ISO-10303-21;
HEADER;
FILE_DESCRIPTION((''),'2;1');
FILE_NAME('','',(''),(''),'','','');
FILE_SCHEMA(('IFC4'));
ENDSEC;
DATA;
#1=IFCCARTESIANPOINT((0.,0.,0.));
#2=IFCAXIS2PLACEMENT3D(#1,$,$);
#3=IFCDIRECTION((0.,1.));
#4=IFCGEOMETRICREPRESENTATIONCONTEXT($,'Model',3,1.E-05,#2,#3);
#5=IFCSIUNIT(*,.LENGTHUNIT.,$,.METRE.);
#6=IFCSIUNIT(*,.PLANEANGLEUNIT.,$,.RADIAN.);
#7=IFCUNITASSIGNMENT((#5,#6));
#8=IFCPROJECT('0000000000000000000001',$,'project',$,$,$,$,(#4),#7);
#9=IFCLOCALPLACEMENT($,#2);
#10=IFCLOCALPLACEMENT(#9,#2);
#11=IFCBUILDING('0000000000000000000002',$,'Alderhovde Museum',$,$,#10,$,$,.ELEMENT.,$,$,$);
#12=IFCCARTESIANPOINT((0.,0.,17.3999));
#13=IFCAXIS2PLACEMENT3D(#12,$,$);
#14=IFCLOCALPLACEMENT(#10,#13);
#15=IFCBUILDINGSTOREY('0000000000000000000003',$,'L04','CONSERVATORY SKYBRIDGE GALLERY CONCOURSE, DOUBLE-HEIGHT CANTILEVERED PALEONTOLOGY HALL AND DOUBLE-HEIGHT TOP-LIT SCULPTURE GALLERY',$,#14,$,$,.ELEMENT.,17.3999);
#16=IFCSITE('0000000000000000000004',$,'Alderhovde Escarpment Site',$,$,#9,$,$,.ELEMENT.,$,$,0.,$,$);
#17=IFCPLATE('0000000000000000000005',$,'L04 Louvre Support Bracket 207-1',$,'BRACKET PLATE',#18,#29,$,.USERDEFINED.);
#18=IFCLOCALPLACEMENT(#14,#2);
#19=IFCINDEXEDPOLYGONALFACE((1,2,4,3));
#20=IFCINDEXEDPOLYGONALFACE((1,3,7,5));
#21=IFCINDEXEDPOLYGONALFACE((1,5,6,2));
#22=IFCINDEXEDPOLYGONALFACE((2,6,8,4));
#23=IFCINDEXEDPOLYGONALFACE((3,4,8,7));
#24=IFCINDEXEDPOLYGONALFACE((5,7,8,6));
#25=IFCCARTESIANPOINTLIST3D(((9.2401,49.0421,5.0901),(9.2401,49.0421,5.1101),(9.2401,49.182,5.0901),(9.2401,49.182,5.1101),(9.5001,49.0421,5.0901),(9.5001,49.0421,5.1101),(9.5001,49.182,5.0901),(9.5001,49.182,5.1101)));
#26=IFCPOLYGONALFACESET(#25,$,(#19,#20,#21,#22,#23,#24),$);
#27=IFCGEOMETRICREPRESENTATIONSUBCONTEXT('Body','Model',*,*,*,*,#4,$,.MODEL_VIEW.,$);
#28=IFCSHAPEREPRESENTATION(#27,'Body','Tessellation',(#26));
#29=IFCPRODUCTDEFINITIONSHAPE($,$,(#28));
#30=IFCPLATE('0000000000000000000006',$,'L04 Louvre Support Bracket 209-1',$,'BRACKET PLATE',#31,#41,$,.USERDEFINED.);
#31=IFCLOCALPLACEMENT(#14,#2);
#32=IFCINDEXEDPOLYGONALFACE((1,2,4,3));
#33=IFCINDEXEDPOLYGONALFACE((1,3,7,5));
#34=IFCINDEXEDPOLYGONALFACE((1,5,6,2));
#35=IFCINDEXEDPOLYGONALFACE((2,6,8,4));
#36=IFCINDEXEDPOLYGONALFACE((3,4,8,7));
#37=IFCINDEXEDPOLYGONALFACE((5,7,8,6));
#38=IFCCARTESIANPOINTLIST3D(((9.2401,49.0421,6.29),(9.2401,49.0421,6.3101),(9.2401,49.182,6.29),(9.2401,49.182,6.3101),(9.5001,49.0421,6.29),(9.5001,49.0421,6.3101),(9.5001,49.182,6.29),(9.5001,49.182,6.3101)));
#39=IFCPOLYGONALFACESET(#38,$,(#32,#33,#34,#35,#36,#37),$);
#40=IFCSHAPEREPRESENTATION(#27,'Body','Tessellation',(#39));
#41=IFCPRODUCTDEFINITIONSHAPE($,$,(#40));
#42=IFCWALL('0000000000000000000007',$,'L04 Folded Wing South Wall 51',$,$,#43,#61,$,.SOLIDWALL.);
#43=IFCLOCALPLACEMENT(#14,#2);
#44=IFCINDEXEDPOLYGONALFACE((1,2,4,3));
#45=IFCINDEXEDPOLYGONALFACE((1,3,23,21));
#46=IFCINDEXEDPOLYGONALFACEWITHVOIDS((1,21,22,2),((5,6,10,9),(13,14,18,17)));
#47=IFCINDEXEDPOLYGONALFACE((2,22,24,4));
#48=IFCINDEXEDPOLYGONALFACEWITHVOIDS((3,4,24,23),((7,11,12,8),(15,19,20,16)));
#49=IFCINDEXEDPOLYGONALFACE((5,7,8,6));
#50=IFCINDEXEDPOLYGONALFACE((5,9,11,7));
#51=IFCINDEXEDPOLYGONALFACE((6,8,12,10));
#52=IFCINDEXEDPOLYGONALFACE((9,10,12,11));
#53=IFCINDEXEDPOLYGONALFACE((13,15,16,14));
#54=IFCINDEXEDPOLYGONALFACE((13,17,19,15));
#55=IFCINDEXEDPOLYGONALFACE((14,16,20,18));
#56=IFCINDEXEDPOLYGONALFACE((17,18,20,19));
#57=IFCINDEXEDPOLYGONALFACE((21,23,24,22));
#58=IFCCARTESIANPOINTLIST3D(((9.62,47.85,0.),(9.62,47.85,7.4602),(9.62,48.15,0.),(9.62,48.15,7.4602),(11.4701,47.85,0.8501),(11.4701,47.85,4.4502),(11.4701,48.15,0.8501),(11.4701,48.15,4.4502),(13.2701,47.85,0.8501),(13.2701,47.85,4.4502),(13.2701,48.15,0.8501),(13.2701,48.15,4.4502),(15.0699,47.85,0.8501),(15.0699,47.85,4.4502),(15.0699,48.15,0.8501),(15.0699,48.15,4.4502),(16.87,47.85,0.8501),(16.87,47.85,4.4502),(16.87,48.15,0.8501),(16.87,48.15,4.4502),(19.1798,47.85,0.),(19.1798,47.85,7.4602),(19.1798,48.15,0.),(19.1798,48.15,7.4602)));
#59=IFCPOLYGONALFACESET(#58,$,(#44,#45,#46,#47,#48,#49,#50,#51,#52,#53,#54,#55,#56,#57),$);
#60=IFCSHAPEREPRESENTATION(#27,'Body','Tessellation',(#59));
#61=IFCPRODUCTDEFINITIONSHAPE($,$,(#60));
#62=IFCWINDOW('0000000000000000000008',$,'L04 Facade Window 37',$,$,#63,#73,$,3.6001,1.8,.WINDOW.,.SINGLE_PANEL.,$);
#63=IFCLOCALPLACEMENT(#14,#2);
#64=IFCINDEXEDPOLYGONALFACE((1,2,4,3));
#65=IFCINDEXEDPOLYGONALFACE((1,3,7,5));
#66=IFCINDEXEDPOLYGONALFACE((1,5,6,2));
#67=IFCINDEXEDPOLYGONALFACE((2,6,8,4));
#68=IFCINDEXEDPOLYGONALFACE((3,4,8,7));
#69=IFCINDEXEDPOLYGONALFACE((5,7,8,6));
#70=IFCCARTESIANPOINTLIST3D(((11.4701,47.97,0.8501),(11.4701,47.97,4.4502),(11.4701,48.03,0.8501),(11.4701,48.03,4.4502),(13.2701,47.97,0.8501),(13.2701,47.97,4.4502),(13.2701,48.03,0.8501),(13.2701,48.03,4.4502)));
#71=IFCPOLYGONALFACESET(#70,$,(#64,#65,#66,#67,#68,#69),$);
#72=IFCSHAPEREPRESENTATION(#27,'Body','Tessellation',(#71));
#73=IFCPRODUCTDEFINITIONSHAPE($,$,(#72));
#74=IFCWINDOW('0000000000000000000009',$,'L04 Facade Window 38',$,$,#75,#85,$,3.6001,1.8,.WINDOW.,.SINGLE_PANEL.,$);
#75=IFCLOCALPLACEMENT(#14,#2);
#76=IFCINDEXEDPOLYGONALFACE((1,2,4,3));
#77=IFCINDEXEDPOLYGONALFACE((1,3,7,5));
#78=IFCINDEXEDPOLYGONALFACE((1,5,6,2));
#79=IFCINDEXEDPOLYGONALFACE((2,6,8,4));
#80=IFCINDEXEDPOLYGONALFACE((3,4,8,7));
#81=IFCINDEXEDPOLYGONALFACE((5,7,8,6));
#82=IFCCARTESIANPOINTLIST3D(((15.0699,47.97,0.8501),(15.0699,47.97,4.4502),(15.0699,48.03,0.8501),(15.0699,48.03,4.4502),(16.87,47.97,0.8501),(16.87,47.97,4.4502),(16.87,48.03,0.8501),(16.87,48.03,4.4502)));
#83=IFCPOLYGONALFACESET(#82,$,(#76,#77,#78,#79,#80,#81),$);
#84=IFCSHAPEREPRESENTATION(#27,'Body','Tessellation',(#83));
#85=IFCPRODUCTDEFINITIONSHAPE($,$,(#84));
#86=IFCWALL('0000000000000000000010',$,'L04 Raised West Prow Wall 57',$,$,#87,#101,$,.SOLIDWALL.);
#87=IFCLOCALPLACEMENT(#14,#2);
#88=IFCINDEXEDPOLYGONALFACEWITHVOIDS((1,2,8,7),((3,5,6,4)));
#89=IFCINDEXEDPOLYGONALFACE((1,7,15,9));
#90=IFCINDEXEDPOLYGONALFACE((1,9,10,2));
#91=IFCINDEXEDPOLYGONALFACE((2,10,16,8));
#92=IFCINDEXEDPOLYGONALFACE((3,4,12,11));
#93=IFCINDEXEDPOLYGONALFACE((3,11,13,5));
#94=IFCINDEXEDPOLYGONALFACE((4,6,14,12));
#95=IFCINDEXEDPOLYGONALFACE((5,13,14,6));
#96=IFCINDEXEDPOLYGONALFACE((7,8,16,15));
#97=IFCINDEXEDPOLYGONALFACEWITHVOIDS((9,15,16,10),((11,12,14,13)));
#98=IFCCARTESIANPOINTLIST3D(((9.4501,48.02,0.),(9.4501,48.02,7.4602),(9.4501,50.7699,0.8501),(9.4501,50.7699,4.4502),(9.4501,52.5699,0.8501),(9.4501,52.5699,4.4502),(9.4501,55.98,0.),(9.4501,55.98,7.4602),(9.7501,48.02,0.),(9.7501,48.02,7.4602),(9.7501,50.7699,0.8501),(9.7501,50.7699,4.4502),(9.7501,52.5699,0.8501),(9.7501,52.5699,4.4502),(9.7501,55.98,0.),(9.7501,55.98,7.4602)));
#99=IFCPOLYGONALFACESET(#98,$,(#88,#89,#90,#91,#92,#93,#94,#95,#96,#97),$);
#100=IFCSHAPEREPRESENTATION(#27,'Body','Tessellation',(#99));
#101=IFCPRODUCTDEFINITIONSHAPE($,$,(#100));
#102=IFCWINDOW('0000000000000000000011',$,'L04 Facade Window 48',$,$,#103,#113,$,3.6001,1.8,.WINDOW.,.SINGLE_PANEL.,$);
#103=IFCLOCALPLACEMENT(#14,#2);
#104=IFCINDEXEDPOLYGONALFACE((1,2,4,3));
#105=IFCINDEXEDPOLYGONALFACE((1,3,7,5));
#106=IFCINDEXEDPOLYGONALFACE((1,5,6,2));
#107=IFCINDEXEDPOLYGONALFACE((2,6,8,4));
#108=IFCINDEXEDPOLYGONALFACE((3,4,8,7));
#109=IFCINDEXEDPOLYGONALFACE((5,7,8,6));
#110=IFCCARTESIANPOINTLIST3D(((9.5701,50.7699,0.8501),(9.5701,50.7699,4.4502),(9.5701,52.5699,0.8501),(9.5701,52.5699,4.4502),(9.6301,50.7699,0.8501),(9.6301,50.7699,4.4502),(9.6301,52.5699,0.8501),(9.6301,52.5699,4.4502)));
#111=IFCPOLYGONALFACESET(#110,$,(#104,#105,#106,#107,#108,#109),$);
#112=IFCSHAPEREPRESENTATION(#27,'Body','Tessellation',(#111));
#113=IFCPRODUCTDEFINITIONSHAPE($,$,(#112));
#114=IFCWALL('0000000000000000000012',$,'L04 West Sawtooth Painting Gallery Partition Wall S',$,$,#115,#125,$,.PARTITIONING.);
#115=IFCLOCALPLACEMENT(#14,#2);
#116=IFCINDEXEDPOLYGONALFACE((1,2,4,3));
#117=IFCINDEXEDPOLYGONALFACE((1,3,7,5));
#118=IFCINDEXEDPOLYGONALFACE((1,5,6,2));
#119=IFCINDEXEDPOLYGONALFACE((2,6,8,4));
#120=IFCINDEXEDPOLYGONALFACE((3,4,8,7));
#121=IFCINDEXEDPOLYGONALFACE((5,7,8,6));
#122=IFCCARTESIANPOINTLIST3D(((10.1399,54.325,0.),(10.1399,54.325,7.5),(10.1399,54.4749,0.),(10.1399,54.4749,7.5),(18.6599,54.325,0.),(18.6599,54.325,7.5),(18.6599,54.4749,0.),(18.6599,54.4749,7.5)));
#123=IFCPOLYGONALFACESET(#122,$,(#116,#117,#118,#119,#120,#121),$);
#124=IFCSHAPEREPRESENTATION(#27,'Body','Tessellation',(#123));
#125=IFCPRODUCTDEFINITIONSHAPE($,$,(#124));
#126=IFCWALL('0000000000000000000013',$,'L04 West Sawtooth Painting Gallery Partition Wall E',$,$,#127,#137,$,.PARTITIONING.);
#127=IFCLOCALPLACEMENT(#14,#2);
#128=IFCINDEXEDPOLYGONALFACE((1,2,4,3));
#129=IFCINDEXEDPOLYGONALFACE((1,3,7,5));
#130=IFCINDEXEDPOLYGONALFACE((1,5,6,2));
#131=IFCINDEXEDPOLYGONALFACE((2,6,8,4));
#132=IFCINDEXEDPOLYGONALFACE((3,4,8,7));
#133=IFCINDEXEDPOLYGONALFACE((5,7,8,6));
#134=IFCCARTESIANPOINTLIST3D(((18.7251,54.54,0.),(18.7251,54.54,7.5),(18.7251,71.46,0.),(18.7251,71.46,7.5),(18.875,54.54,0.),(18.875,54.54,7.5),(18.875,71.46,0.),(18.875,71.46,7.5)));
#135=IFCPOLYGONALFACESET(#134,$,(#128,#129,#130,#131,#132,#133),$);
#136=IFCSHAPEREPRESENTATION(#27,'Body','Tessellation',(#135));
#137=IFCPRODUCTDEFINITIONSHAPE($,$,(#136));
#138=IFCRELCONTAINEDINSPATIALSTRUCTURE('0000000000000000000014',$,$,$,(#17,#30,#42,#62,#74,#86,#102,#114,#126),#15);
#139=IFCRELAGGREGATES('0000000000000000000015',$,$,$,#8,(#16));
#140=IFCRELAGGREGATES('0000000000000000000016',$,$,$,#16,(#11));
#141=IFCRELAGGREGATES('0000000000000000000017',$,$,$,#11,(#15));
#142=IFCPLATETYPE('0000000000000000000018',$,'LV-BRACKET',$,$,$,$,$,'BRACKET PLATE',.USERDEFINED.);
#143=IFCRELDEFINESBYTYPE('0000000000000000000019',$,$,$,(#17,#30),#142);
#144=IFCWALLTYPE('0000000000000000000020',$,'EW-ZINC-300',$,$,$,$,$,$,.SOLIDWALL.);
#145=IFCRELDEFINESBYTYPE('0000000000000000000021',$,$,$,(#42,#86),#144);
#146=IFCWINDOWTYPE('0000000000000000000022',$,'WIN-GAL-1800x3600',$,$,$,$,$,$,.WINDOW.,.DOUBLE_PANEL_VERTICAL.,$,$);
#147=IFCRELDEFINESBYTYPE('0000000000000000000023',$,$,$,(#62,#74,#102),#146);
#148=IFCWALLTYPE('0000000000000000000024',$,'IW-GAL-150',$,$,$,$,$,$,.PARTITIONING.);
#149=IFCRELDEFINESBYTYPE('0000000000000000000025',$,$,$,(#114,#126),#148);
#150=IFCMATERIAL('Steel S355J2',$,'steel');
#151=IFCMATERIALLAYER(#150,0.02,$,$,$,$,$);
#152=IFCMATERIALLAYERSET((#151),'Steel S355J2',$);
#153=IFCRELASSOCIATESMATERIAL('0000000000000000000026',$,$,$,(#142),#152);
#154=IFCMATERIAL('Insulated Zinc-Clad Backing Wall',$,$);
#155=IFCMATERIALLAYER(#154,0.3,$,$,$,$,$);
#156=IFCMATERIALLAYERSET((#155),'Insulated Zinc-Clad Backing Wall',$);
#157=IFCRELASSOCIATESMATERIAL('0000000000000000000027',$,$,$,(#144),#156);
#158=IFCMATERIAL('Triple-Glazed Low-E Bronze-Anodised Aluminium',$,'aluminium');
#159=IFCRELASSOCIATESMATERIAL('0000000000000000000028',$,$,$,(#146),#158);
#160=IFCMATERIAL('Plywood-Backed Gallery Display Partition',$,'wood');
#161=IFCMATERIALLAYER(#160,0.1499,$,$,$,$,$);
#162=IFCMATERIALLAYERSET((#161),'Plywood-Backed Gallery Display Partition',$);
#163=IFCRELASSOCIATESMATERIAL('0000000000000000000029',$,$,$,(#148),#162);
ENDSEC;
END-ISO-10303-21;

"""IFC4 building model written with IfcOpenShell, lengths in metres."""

from ifc_helpers import new_model, si_unit, direction, frame, frame_2d, origin, origin_2d, place, context, subcontext, project, spatial, rectangle, extrude, material, layer, layer_set, type_object, element, fill, save


model = new_model("IFC4")

# Units and contexts
model_context = context("Model", 3, precision=1e-05, world=origin(), true_north=direction((0.0, 1.0)))
body_context = subcontext(model_context, "Body", "Model", "MODEL_VIEW")
ifc_project = project(units=[si_unit("LENGTHUNIT", "METRE"), si_unit("PLANEANGLEUNIT", "RADIAN")], contexts=[model_context])

# Site, building, storey
site_placement = place(None, origin())
site = spatial("IfcSite", under=ifc_project, at=site_placement, Name="Alderhovde Escarpment Site", CompositionType="ELEMENT", RefElevation=0.0)
building_placement = place(site_placement, origin())
building = spatial("IfcBuilding", under=site, at=building_placement, Name="Alderhovde Museum", CompositionType="ELEMENT")
storey_placement = place(building_placement, frame((0.0, 0.0, 17.3999)))
storey = spatial("IfcBuildingStorey", under=building, at=storey_placement, Name="L04", Description="CONSERVATORY SKYBRIDGE GALLERY CONCOURSE, DOUBLE-HEIGHT CANTILEVERED PALEONTOLOGY HALL AND DOUBLE-HEIGHT TOP-LIT SCULPTURE GALLERY", CompositionType="ELEMENT", Elevation=17.3999)

# Plates
ifc_material_1 = material(Name="Steel S355J2", Category="steel")
ifc_layer_1 = layer(ifc_material_1, 0.02)
ifc_layer_set_1 = layer_set([ifc_layer_1], Name="Steel S355J2")
plate_type_1 = type_object("IfcPlateType", Name="LV-BRACKET", ElementType="BRACKET PLATE", PredefinedType="USERDEFINED", material=ifc_layer_set_1)
for number, where, z_axis, x_axis, name in (
    (1, (9.3701, 49.1121, 5.0901), (0.0, 0.0, 1.0), (0.0, 1.0, 0.0), "L04 Louvre Support Bracket 207-1"),
    (2, (9.3701, 49.1121, 6.29), (0.0, 0.0, 1.0), (0.0, 1.0, 0.0), "L04 Louvre Support Bracket 209-1"),
):
    element("IfcPlate", number, at=place(storey_placement, frame(where, z_axis=z_axis, x_axis=x_axis)), inside=storey, type_object=plate_type_1, Name=name, ObjectType="BRACKET PLATE", PredefinedType="USERDEFINED", context=body_context, shape_type="SweptSolid", body=[
        extrude(rectangle(XDim=0.1399, YDim=0.26, at=origin_2d()), origin(), (0.0, 0.0, 1.0), 0.02),
    ])

# Wall, openings, windows
ifc_material_2 = material(Name="Insulated Zinc-Clad Backing Wall")
ifc_layer_2 = layer(ifc_material_2, 0.3)
ifc_layer_set_2 = layer_set([ifc_layer_2], Name="Insulated Zinc-Clad Backing Wall")
wall_type_1 = type_object("IfcWallType", Name="EW-ZINC-300", PredefinedType="SOLIDWALL", material=ifc_layer_set_2)
wall_1_placement = place(storey_placement, frame((9.6201, 48.0, 0.0), z_axis=(0.0, 0.0, 1.0), x_axis=(1.0, 0.0, 0.0)))
wall_1 = element("IfcWall", 3, at=wall_1_placement, inside=storey, type_object=wall_type_1, Name="L04 Folded Wing South Wall 51", PredefinedType="SOLIDWALL", context=body_context, shape_type="SweptSolid", body=[
    extrude(rectangle(XDim=9.5598, YDim=0.3, at=frame_2d((4.7798, 0.0))), origin(), (0.0, 0.0, 1.0), 7.4602),
])
opening_1_placement = place(wall_1_placement, frame((1.8501, 0.0, 0.8501)))
opening_1 = element("IfcOpeningElement", 4, at=opening_1_placement, cuts=wall_1, PredefinedType="OPENING", context=body_context, shape_type="SweptSolid", body=[
    extrude(rectangle(XDim=1.8, YDim=3.6001, at=frame_2d((0.8999, 1.8))), frame((0.0, 0.1599, 0.0), z_axis=(0.0, -1.0, 0.0), x_axis=(1.0, 0.0, 0.0)), (0.0, 0.0, 1.0), 0.3201),
])
opening_2_placement = place(wall_1_placement, frame((5.45, 0.0, 0.8501)))
opening_2 = element("IfcOpeningElement", 5, at=opening_2_placement, cuts=wall_1, PredefinedType="OPENING", context=body_context, shape_type="SweptSolid", body=[
    extrude(rectangle(XDim=1.8, YDim=3.6001, at=frame_2d((0.8999, 1.8))), frame((0.0, 0.1599, 0.0), z_axis=(0.0, -1.0, 0.0), x_axis=(1.0, 0.0, 0.0)), (0.0, 0.0, 1.0), 0.3201),
])
ifc_material_3 = material(Name="Triple-Glazed Low-E Bronze-Anodised Aluminium", Category="aluminium")
window_type = type_object("IfcWindowType", Name="WIN-GAL-1800x3600", PartitioningType="DOUBLE_PANEL_VERTICAL", PredefinedType="WINDOW", material=ifc_material_3)
window_1_placement = place(opening_1_placement, origin())
window_1 = element("IfcWindow", 6, at=window_1_placement, inside=storey, type_object=window_type, Name="L04 Facade Window 37", OverallHeight=3.6001, OverallWidth=1.8, PartitioningType="SINGLE_PANEL", PredefinedType="WINDOW", context=body_context, shape_type="SweptSolid", body=[
    extrude(rectangle(XDim=1.8, YDim=3.6001, at=frame_2d((0.8999, 1.8))), frame((0.0, 0.03, 0.0), z_axis=(0.0, -1.0, 0.0), x_axis=(1.0, 0.0, 0.0)), (0.0, 0.0, 1.0), 0.0601),
])
fill(opening_1, window_1)
window_2_placement = place(opening_2_placement, origin())
window_2 = element("IfcWindow", 7, at=window_2_placement, inside=storey, type_object=window_type, Name="L04 Facade Window 38", OverallHeight=3.6001, OverallWidth=1.8, PartitioningType="SINGLE_PANEL", PredefinedType="WINDOW", context=body_context, shape_type="SweptSolid", body=[
    extrude(rectangle(XDim=1.8, YDim=3.6001, at=frame_2d((0.8999, 1.8))), frame((0.0, 0.03, 0.0), z_axis=(0.0, -1.0, 0.0), x_axis=(1.0, 0.0, 0.0)), (0.0, 0.0, 1.0), 0.0601),
])
fill(opening_2, window_2)

# Wall, opening, window
wall_2_placement = place(storey_placement, frame((9.6001, 48.02, 0.0), z_axis=(0.0, 0.0, 1.0), x_axis=(0.0, 1.0, 0.0)))
wall_2 = element("IfcWall", 8, at=wall_2_placement, inside=storey, type_object=wall_type_1, Name="L04 Raised West Prow Wall 57", PredefinedType="SOLIDWALL", context=body_context, shape_type="SweptSolid", body=[
    extrude(rectangle(XDim=7.96, YDim=0.3, at=frame_2d((3.98, 0.0))), origin(), (0.0, 0.0, 1.0), 7.4602),
])
opening_3_placement = place(wall_2_placement, frame((2.75, 0.0, 0.8501)))
opening_3 = element("IfcOpeningElement", 9, at=opening_3_placement, cuts=wall_2, PredefinedType="OPENING", context=body_context, shape_type="SweptSolid", body=[
    extrude(rectangle(XDim=1.8, YDim=3.6001, at=frame_2d((0.8999, 1.8))), frame((0.0, 0.1599, 0.0), z_axis=(0.0, -1.0, 0.0), x_axis=(1.0, 0.0, 0.0)), (0.0, 0.0, 1.0), 0.3201),
])
window_3_placement = place(opening_3_placement, origin())
window_3 = element("IfcWindow", 10, at=window_3_placement, inside=storey, type_object=window_type, Name="L04 Facade Window 48", OverallHeight=3.6001, OverallWidth=1.8, PartitioningType="SINGLE_PANEL", PredefinedType="WINDOW", context=body_context, shape_type="SweptSolid", body=[
    extrude(rectangle(XDim=1.8, YDim=3.6001, at=frame_2d((0.8999, 1.8))), frame((0.0, 0.03, 0.0), z_axis=(0.0, -1.0, 0.0), x_axis=(1.0, 0.0, 0.0)), (0.0, 0.0, 1.0), 0.0601),
])
fill(opening_3, window_3)

# Walls
ifc_material_4 = material(Name="Plywood-Backed Gallery Display Partition", Category="wood")
ifc_layer_3 = layer(ifc_material_4, 0.1499)
ifc_layer_set_3 = layer_set([ifc_layer_3], Name="Plywood-Backed Gallery Display Partition")
wall_type_2 = type_object("IfcWallType", Name="IW-GAL-150", PredefinedType="PARTITIONING", material=ifc_layer_set_3)
wall_3_placement = place(storey_placement, frame((10.1399, 54.3999, 0.0), z_axis=(0.0, 0.0, 1.0), x_axis=(1.0, 0.0, 0.0)))
element("IfcWall", 11, at=wall_3_placement, inside=storey, type_object=wall_type_2, Name="L04 West Sawtooth Painting Gallery Partition Wall S", PredefinedType="PARTITIONING", context=body_context, shape_type="SweptSolid", body=[
    extrude(rectangle(XDim=8.52, YDim=0.1499, at=frame_2d((4.26, 0.0))), origin(), (0.0, 0.0, 1.0), 7.5),
])
wall_4_placement = place(storey_placement, frame((18.8, 54.54, 0.0), z_axis=(0.0, 0.0, 1.0), x_axis=(0.0, 1.0, 0.0)))
element("IfcWall", 12, at=wall_4_placement, inside=storey, type_object=wall_type_2, Name="L04 West Sawtooth Painting Gallery Partition Wall E", PredefinedType="PARTITIONING", context=body_context, shape_type="SweptSolid", body=[
    extrude(rectangle(XDim=16.9199, YDim=0.1499, at=frame_2d((8.46, 0.0))), origin(), (0.0, 0.0, 1.0), 7.5),
])

save(model, "model.ifc")
